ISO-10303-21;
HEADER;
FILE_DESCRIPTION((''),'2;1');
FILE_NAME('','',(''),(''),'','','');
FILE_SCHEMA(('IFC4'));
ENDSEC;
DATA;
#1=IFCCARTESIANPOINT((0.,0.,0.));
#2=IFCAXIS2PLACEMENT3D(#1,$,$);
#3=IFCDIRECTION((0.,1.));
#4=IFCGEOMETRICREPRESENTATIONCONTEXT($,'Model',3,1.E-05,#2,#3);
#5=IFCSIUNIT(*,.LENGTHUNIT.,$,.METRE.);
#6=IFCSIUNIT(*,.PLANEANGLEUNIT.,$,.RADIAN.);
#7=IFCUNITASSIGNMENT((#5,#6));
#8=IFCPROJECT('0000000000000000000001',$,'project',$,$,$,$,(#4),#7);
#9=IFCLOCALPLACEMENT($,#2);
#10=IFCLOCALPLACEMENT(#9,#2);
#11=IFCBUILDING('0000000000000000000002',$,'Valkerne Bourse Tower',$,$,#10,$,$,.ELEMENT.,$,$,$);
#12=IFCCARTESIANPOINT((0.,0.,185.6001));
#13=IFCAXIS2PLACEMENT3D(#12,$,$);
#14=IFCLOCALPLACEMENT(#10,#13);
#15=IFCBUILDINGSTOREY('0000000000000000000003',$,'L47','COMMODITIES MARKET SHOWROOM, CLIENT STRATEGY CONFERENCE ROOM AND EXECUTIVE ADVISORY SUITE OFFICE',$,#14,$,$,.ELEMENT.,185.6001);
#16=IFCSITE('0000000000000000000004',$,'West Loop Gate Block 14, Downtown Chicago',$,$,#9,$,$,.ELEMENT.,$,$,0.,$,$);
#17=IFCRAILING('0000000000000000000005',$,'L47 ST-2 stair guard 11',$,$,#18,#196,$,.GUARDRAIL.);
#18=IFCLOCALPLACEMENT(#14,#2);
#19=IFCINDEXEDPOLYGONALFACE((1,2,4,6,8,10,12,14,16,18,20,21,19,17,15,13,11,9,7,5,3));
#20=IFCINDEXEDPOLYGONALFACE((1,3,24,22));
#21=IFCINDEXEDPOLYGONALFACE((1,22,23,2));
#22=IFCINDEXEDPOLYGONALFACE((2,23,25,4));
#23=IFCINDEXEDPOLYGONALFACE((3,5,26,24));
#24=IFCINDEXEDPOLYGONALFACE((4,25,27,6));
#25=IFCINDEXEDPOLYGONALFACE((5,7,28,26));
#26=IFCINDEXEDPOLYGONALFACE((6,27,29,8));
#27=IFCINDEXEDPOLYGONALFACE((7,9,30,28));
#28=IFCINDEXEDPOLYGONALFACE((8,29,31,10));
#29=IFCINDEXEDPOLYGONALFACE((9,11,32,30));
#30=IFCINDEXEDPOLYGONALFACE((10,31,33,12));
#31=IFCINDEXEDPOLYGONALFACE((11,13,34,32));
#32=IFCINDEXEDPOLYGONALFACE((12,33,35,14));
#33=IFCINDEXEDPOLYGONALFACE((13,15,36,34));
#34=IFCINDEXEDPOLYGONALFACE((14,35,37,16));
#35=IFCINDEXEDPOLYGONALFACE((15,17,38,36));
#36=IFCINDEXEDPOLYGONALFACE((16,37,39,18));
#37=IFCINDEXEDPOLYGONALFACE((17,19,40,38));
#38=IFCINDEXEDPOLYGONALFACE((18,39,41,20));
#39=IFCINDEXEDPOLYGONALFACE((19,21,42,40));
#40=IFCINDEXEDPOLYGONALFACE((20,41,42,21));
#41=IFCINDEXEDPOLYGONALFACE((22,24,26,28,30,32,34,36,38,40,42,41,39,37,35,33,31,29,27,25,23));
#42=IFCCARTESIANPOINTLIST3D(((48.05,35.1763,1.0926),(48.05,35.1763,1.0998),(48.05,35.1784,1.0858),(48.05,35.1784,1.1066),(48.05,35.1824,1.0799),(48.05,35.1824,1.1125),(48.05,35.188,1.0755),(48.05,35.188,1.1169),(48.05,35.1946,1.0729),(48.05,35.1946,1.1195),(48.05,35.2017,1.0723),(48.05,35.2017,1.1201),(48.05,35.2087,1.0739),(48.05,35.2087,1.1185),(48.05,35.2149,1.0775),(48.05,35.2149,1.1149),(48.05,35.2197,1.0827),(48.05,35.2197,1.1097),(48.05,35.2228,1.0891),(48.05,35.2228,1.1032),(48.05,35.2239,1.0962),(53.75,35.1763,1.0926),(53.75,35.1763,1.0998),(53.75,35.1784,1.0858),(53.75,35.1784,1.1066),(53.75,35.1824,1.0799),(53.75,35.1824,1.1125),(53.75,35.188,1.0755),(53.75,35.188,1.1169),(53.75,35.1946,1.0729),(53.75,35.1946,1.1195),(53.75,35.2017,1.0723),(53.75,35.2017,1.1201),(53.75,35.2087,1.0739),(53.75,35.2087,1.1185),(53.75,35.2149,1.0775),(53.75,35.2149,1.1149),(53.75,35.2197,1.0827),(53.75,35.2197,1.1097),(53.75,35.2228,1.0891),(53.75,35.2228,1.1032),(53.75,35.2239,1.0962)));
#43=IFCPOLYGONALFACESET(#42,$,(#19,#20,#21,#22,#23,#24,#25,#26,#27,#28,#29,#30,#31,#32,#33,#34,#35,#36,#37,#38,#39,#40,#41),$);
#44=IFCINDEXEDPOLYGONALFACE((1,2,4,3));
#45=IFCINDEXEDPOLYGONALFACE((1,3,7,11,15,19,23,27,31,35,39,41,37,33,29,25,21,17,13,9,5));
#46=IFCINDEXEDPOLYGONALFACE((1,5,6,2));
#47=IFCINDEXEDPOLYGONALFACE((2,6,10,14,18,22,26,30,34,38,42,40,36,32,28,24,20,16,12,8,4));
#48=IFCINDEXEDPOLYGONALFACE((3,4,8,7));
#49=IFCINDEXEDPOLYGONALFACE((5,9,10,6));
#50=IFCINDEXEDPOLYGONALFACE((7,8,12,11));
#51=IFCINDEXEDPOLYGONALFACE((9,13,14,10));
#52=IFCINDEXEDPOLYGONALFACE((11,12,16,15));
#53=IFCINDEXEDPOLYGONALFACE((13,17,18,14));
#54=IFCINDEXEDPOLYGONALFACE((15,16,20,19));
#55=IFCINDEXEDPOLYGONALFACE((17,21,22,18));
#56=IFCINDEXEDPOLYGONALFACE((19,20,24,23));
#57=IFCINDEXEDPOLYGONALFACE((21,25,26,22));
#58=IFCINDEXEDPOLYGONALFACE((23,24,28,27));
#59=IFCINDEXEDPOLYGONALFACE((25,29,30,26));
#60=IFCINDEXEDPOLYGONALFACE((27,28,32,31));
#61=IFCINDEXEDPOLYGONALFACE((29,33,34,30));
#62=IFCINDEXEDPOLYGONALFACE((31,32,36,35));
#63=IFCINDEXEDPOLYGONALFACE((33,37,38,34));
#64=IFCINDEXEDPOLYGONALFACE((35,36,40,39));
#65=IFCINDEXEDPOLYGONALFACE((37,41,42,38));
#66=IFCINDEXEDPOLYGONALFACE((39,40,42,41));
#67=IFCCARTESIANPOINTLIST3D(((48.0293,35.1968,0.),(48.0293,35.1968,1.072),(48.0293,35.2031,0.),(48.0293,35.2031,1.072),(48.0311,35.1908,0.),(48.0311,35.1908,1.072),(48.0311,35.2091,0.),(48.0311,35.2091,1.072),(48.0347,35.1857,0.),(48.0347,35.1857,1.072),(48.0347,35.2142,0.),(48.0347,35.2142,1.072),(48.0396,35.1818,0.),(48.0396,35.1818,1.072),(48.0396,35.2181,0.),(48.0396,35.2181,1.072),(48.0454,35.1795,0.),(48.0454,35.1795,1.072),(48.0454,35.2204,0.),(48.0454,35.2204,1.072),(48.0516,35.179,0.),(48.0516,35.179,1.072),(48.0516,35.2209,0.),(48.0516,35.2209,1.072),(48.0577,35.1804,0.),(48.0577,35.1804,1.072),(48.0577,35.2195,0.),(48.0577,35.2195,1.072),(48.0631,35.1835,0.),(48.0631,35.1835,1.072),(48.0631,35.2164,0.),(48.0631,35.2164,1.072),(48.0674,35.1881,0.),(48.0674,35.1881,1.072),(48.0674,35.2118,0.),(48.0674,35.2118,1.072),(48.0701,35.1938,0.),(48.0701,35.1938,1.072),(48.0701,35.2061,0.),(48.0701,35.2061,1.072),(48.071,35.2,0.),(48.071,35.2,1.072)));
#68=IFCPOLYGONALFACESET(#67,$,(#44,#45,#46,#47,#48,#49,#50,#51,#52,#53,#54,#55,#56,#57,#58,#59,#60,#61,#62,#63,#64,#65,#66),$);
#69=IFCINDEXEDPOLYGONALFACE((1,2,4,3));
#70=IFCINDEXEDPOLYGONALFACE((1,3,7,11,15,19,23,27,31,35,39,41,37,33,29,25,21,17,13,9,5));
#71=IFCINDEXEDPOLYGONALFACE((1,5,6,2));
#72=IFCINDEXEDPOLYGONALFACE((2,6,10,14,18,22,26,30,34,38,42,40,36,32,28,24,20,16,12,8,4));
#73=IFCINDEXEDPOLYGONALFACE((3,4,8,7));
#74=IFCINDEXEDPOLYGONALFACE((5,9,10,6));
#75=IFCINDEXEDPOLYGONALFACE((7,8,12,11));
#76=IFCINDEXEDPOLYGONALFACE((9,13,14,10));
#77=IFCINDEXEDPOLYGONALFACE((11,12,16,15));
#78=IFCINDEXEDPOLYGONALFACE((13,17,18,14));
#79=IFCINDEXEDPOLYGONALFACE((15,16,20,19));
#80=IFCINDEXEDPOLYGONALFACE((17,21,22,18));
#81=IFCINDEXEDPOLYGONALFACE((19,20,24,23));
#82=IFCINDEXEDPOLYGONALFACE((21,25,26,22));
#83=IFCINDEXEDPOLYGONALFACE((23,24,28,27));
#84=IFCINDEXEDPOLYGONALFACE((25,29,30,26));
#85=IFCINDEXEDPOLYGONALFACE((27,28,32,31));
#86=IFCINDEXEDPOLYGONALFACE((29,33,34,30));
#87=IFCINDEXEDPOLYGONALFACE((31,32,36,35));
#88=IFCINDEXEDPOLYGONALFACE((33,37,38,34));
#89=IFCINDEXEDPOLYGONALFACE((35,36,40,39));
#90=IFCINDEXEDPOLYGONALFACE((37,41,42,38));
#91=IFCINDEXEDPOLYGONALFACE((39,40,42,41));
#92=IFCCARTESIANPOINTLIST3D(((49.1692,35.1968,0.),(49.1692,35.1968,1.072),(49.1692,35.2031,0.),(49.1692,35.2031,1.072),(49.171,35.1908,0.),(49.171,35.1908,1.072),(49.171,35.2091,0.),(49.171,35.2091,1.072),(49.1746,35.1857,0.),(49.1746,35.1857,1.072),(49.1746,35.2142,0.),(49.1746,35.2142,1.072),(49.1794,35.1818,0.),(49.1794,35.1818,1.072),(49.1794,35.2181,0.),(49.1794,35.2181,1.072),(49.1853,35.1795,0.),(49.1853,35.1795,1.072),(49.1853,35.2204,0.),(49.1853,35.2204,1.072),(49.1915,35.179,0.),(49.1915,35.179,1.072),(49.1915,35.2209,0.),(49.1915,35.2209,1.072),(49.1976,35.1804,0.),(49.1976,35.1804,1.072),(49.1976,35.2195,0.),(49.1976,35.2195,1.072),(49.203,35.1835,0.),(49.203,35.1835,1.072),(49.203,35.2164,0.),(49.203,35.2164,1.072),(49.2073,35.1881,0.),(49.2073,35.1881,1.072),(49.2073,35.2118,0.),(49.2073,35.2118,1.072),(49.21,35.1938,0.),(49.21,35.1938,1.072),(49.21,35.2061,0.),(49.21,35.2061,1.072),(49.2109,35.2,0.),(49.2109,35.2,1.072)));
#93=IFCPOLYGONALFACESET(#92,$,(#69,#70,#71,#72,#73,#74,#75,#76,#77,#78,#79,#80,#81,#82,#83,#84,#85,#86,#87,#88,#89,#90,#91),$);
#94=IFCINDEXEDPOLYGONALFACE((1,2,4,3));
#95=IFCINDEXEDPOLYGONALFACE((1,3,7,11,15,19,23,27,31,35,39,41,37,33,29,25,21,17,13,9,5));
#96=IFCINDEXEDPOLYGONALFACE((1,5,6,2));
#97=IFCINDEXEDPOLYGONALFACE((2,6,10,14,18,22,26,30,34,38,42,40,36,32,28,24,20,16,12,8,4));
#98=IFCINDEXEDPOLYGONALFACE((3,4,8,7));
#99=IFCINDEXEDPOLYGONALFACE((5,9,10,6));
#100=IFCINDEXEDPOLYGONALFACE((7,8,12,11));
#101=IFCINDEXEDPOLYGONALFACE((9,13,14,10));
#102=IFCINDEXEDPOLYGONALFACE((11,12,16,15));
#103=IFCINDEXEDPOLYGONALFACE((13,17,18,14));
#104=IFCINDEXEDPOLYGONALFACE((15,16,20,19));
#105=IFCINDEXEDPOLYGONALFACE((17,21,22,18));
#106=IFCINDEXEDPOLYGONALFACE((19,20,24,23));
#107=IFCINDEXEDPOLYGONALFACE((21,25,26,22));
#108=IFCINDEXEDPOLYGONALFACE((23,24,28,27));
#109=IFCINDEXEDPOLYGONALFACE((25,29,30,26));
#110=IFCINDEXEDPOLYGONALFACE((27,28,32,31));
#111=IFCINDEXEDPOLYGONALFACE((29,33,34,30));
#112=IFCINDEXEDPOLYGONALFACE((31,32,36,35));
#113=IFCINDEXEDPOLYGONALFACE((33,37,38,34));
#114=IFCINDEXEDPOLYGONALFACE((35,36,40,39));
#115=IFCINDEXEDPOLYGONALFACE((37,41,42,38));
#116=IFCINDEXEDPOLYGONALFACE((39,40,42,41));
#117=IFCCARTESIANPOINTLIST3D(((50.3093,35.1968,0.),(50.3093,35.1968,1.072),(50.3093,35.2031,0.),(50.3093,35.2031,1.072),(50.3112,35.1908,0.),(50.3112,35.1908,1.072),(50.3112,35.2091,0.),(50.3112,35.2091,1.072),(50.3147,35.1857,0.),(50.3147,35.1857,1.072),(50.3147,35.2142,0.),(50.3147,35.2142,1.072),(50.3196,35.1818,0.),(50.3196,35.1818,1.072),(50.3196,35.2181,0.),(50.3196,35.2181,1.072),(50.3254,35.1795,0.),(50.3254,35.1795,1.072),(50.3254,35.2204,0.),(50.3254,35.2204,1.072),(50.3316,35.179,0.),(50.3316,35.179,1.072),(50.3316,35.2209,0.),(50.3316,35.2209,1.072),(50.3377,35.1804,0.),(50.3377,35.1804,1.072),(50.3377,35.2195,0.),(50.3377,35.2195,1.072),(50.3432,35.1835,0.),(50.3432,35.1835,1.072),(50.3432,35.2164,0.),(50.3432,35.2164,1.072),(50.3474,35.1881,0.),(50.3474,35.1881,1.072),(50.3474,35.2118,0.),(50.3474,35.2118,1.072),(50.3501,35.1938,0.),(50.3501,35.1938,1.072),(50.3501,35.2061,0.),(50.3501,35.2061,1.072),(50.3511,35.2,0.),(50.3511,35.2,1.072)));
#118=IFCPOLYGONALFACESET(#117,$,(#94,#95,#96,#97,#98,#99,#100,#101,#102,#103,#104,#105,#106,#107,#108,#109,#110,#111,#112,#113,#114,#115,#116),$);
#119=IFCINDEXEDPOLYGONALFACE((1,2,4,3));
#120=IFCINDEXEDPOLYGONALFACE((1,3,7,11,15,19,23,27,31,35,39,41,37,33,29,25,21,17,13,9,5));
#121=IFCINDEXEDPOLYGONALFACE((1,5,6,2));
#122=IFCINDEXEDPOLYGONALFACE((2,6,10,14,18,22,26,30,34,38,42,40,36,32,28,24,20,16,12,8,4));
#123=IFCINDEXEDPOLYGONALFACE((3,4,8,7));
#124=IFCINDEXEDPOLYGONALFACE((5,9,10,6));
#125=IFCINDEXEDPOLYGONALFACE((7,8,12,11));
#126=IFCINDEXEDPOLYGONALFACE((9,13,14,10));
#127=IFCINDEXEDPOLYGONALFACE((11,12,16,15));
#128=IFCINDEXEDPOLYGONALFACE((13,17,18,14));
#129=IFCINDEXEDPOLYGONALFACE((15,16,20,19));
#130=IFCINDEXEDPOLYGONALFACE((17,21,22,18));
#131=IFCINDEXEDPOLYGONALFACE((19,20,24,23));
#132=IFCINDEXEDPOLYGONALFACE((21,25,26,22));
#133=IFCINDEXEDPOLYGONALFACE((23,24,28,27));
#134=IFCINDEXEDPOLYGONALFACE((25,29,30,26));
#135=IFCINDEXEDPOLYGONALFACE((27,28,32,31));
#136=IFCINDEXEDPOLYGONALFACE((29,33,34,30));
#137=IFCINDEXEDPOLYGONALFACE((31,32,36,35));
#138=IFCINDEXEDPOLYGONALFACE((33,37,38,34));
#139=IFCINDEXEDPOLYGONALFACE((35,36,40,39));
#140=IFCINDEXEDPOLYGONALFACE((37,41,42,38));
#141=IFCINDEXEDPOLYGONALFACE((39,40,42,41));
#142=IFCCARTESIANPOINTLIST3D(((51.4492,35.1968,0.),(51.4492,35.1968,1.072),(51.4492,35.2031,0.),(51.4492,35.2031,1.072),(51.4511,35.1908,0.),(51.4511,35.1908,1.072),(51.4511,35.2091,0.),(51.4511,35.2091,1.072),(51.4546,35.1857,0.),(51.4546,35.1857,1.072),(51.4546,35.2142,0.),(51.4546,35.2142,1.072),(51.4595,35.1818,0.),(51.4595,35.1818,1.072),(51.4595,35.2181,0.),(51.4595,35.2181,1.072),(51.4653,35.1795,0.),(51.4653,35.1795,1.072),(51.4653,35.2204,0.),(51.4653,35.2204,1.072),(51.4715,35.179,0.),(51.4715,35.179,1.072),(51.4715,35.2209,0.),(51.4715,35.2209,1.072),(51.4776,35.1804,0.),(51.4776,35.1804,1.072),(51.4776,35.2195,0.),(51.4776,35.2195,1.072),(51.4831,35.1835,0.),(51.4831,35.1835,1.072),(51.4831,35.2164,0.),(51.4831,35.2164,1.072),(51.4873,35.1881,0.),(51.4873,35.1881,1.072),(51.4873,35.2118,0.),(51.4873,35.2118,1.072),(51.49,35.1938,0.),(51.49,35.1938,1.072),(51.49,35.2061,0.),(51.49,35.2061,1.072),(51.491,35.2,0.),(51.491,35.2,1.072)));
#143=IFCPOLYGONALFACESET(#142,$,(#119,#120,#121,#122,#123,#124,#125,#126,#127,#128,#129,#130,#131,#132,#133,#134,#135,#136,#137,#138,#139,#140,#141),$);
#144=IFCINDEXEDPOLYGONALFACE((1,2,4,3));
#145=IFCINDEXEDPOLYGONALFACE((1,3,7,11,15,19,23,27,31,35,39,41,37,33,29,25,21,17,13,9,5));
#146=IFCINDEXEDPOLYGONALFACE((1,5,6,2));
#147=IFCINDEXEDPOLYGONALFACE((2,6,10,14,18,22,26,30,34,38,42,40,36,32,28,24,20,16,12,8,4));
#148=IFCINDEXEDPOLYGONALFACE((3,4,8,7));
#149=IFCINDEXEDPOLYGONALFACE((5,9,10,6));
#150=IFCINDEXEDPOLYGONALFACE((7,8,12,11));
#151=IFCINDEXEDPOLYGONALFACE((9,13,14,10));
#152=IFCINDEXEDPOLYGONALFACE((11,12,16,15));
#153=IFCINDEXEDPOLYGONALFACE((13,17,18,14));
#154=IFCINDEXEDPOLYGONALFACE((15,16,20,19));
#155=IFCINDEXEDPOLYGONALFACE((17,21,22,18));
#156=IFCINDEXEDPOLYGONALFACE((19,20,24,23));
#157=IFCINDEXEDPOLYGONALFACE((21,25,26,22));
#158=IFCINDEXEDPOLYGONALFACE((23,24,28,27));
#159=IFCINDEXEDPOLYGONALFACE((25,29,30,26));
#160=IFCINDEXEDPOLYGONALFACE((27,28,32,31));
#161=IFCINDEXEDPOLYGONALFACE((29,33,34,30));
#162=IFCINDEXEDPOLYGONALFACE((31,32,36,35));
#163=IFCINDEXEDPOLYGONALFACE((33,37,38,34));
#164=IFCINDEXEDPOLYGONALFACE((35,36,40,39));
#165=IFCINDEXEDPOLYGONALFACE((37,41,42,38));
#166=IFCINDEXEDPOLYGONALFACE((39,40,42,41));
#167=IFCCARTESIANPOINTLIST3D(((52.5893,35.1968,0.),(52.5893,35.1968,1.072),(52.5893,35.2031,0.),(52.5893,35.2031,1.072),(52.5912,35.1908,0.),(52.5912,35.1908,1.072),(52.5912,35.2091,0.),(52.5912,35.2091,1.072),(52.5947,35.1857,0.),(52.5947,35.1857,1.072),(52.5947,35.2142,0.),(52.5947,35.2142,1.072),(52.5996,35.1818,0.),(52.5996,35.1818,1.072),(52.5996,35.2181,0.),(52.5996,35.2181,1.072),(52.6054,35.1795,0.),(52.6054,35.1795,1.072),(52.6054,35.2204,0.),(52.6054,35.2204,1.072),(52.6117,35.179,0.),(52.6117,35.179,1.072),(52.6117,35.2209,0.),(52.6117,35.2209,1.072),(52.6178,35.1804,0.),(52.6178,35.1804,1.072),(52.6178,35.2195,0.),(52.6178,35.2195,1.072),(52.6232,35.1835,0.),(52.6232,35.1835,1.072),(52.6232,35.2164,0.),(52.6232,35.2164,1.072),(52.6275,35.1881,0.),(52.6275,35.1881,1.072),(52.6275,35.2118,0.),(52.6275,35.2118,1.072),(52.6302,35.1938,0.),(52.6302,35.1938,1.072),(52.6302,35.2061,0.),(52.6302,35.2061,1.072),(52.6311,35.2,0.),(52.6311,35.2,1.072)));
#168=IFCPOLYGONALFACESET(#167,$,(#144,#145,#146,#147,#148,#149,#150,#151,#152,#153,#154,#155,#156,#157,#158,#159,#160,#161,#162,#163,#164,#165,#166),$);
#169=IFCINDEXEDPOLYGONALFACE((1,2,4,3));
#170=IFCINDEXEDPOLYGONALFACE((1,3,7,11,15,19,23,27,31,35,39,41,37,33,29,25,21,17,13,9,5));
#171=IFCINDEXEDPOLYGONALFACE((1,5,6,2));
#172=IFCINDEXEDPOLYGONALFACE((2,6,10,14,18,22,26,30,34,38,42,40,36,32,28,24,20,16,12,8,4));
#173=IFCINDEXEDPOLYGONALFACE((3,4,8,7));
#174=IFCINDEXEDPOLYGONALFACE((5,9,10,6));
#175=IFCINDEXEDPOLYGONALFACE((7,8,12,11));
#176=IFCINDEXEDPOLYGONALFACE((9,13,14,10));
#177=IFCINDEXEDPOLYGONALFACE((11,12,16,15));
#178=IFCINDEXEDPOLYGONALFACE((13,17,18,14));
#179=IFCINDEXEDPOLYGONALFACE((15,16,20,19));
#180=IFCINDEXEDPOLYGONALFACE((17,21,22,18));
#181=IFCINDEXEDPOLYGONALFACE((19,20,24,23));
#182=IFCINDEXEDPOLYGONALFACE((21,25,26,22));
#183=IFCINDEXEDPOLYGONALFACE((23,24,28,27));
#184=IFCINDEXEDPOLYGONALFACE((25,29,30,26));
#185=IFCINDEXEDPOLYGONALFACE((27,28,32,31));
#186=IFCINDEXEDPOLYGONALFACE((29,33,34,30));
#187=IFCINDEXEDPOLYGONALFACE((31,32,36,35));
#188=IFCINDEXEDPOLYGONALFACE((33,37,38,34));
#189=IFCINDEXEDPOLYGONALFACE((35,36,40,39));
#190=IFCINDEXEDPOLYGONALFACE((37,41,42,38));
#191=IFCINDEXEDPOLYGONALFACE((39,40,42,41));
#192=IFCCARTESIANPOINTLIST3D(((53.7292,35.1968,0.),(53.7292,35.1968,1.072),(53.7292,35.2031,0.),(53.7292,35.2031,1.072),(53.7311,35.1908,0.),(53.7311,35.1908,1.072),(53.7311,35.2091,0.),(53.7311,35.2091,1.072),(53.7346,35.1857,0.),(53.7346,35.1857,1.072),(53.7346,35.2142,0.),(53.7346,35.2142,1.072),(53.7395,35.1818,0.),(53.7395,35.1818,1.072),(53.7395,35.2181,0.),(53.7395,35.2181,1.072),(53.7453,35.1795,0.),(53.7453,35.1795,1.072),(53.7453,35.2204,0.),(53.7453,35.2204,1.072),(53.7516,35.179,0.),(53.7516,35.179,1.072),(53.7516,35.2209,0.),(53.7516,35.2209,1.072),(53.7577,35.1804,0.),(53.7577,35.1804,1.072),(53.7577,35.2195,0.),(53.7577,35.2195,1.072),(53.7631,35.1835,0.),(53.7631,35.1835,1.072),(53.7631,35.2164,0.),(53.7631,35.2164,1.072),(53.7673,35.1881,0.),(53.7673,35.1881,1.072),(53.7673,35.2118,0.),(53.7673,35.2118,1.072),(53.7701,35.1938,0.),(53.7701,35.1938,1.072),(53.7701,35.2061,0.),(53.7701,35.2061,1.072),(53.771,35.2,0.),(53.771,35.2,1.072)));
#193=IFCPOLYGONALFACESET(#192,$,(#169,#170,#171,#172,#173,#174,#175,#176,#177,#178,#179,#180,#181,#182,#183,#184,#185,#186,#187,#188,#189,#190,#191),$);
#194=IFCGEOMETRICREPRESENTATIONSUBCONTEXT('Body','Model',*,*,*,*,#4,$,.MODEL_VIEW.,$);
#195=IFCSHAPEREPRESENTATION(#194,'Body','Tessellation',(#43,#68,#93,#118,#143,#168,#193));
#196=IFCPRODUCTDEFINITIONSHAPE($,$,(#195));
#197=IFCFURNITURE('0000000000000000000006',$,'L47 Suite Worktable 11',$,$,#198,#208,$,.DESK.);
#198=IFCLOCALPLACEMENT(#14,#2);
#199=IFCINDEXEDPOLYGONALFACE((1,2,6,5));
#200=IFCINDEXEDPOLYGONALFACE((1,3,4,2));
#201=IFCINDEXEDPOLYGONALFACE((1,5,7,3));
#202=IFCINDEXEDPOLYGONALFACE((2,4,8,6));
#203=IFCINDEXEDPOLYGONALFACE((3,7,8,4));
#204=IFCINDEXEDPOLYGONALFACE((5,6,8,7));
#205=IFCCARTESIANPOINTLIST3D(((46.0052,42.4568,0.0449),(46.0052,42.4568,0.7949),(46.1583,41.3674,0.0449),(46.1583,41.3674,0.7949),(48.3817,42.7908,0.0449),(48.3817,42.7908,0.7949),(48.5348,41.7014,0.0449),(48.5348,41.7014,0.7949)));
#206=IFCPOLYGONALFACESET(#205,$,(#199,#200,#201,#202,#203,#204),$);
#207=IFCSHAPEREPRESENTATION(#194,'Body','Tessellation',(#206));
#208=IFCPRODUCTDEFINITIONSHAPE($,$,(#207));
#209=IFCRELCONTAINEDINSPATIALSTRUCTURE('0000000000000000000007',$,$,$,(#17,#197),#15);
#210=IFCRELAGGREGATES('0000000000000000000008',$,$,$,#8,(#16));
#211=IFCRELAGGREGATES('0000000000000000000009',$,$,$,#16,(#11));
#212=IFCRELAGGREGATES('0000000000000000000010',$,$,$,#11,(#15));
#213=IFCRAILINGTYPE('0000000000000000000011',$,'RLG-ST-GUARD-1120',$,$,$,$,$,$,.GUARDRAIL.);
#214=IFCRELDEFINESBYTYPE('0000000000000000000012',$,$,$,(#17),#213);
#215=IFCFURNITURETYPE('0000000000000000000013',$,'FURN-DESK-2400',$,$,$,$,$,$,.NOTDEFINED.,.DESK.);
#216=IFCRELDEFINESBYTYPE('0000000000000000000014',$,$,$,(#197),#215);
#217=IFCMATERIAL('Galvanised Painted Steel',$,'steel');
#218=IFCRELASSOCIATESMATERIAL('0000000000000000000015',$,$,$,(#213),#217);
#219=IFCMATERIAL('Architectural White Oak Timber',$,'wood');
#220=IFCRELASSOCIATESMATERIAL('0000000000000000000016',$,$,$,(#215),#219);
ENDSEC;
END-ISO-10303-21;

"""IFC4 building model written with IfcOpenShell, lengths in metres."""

from ifc_helpers import new_model, si_unit, direction, frame, origin, origin_2d, place, context, subcontext, project, spatial, rectangle, circle, extrude, material, type_object, element, save


model = new_model("IFC4")

# Units and contexts
model_context = context("Model", 3, precision=1e-05, world=origin(), true_north=direction((0.0, 1.0)))
body_context = subcontext(model_context, "Body", "Model", "MODEL_VIEW")
ifc_project = project(units=[si_unit("LENGTHUNIT", "METRE"), si_unit("PLANEANGLEUNIT", "RADIAN")], contexts=[model_context])

# Site, building, storey
site_placement = place(None, origin())
site = spatial("IfcSite", under=ifc_project, at=site_placement, Name="West Loop Gate Block 14, Downtown Chicago", CompositionType="ELEMENT", RefElevation=0.0)
building_placement = place(site_placement, origin())
building = spatial("IfcBuilding", under=site, at=building_placement, Name="Valkerne Bourse Tower", CompositionType="ELEMENT")
storey_placement = place(building_placement, frame((0.0, 0.0, 185.6001)))
storey = spatial("IfcBuildingStorey", under=building, at=storey_placement, Name="L47", Description="COMMODITIES MARKET SHOWROOM, CLIENT STRATEGY CONFERENCE ROOM AND EXECUTIVE ADVISORY SUITE OFFICE", CompositionType="ELEMENT", Elevation=185.6001)

# Railing
ifc_material_1 = material(Name="Galvanised Painted Steel", Category="steel")
railing_type = type_object("IfcRailingType", Name="RLG-ST-GUARD-1120", PredefinedType="GUARDRAIL", material=ifc_material_1)
railing_placement = place(storey_placement, frame((48.05, 35.2, 0.0)))
element("IfcRailing", 1, at=railing_placement, inside=storey, type_object=railing_type, Name="L47 ST-2 stair guard 11", PredefinedType="GUARDRAIL", context=body_context, shape_type="SweptSolid", body=[
    extrude(circle(Radius=0.0239, at=origin_2d()), frame((0.0, 0.0, 1.0962), z_axis=(1.0, 0.0, 0.0), x_axis=(0.0, 1.0, 0.0)), (0.0, 0.0, 1.0), 5.7),
    extrude(circle(Radius=0.021, at=origin_2d()), origin(), (0.0, 0.0, 1.0), 1.072),
    extrude(circle(Radius=0.021, at=origin_2d()), frame((1.1399, 0.0, 0.0)), (0.0, 0.0, 1.0), 1.072),
    extrude(circle(Radius=0.021, at=origin_2d()), frame((2.28, 0.0, 0.0)), (0.0, 0.0, 1.0), 1.072),
    extrude(circle(Radius=0.021, at=origin_2d()), frame((3.4199, 0.0, 0.0)), (0.0, 0.0, 1.0), 1.072),
    extrude(circle(Radius=0.021, at=origin_2d()), frame((4.5601, 0.0, 0.0)), (0.0, 0.0, 1.0), 1.072),
    extrude(circle(Radius=0.021, at=origin_2d()), frame((5.7, 0.0, 0.0)), (0.0, 0.0, 1.0), 1.072),
])

# Furniture
ifc_material_2 = material(Name="Architectural White Oak Timber", Category="wood")
furniture_type = type_object("IfcFurnitureType", Name="FURN-DESK-2400", AssemblyPlace="NOTDEFINED", PredefinedType="DESK", material=ifc_material_2)
furniture_placement = place(storey_placement, frame((47.27, 42.0791, 0.0449), z_axis=(0.0, 0.0, 1.0), x_axis=(0.990268, 0.139173, 0.0)))
element("IfcFurniture", 2, at=furniture_placement, inside=storey, type_object=furniture_type, Name="L47 Suite Worktable 11", PredefinedType="DESK", context=body_context, shape_type="SweptSolid", body=[
    extrude(rectangle(XDim=2.3999, YDim=1.1001, at=origin_2d()), origin(), (0.0, 0.0, 1.0), 0.75),
])

save(model, "model.ifc")
